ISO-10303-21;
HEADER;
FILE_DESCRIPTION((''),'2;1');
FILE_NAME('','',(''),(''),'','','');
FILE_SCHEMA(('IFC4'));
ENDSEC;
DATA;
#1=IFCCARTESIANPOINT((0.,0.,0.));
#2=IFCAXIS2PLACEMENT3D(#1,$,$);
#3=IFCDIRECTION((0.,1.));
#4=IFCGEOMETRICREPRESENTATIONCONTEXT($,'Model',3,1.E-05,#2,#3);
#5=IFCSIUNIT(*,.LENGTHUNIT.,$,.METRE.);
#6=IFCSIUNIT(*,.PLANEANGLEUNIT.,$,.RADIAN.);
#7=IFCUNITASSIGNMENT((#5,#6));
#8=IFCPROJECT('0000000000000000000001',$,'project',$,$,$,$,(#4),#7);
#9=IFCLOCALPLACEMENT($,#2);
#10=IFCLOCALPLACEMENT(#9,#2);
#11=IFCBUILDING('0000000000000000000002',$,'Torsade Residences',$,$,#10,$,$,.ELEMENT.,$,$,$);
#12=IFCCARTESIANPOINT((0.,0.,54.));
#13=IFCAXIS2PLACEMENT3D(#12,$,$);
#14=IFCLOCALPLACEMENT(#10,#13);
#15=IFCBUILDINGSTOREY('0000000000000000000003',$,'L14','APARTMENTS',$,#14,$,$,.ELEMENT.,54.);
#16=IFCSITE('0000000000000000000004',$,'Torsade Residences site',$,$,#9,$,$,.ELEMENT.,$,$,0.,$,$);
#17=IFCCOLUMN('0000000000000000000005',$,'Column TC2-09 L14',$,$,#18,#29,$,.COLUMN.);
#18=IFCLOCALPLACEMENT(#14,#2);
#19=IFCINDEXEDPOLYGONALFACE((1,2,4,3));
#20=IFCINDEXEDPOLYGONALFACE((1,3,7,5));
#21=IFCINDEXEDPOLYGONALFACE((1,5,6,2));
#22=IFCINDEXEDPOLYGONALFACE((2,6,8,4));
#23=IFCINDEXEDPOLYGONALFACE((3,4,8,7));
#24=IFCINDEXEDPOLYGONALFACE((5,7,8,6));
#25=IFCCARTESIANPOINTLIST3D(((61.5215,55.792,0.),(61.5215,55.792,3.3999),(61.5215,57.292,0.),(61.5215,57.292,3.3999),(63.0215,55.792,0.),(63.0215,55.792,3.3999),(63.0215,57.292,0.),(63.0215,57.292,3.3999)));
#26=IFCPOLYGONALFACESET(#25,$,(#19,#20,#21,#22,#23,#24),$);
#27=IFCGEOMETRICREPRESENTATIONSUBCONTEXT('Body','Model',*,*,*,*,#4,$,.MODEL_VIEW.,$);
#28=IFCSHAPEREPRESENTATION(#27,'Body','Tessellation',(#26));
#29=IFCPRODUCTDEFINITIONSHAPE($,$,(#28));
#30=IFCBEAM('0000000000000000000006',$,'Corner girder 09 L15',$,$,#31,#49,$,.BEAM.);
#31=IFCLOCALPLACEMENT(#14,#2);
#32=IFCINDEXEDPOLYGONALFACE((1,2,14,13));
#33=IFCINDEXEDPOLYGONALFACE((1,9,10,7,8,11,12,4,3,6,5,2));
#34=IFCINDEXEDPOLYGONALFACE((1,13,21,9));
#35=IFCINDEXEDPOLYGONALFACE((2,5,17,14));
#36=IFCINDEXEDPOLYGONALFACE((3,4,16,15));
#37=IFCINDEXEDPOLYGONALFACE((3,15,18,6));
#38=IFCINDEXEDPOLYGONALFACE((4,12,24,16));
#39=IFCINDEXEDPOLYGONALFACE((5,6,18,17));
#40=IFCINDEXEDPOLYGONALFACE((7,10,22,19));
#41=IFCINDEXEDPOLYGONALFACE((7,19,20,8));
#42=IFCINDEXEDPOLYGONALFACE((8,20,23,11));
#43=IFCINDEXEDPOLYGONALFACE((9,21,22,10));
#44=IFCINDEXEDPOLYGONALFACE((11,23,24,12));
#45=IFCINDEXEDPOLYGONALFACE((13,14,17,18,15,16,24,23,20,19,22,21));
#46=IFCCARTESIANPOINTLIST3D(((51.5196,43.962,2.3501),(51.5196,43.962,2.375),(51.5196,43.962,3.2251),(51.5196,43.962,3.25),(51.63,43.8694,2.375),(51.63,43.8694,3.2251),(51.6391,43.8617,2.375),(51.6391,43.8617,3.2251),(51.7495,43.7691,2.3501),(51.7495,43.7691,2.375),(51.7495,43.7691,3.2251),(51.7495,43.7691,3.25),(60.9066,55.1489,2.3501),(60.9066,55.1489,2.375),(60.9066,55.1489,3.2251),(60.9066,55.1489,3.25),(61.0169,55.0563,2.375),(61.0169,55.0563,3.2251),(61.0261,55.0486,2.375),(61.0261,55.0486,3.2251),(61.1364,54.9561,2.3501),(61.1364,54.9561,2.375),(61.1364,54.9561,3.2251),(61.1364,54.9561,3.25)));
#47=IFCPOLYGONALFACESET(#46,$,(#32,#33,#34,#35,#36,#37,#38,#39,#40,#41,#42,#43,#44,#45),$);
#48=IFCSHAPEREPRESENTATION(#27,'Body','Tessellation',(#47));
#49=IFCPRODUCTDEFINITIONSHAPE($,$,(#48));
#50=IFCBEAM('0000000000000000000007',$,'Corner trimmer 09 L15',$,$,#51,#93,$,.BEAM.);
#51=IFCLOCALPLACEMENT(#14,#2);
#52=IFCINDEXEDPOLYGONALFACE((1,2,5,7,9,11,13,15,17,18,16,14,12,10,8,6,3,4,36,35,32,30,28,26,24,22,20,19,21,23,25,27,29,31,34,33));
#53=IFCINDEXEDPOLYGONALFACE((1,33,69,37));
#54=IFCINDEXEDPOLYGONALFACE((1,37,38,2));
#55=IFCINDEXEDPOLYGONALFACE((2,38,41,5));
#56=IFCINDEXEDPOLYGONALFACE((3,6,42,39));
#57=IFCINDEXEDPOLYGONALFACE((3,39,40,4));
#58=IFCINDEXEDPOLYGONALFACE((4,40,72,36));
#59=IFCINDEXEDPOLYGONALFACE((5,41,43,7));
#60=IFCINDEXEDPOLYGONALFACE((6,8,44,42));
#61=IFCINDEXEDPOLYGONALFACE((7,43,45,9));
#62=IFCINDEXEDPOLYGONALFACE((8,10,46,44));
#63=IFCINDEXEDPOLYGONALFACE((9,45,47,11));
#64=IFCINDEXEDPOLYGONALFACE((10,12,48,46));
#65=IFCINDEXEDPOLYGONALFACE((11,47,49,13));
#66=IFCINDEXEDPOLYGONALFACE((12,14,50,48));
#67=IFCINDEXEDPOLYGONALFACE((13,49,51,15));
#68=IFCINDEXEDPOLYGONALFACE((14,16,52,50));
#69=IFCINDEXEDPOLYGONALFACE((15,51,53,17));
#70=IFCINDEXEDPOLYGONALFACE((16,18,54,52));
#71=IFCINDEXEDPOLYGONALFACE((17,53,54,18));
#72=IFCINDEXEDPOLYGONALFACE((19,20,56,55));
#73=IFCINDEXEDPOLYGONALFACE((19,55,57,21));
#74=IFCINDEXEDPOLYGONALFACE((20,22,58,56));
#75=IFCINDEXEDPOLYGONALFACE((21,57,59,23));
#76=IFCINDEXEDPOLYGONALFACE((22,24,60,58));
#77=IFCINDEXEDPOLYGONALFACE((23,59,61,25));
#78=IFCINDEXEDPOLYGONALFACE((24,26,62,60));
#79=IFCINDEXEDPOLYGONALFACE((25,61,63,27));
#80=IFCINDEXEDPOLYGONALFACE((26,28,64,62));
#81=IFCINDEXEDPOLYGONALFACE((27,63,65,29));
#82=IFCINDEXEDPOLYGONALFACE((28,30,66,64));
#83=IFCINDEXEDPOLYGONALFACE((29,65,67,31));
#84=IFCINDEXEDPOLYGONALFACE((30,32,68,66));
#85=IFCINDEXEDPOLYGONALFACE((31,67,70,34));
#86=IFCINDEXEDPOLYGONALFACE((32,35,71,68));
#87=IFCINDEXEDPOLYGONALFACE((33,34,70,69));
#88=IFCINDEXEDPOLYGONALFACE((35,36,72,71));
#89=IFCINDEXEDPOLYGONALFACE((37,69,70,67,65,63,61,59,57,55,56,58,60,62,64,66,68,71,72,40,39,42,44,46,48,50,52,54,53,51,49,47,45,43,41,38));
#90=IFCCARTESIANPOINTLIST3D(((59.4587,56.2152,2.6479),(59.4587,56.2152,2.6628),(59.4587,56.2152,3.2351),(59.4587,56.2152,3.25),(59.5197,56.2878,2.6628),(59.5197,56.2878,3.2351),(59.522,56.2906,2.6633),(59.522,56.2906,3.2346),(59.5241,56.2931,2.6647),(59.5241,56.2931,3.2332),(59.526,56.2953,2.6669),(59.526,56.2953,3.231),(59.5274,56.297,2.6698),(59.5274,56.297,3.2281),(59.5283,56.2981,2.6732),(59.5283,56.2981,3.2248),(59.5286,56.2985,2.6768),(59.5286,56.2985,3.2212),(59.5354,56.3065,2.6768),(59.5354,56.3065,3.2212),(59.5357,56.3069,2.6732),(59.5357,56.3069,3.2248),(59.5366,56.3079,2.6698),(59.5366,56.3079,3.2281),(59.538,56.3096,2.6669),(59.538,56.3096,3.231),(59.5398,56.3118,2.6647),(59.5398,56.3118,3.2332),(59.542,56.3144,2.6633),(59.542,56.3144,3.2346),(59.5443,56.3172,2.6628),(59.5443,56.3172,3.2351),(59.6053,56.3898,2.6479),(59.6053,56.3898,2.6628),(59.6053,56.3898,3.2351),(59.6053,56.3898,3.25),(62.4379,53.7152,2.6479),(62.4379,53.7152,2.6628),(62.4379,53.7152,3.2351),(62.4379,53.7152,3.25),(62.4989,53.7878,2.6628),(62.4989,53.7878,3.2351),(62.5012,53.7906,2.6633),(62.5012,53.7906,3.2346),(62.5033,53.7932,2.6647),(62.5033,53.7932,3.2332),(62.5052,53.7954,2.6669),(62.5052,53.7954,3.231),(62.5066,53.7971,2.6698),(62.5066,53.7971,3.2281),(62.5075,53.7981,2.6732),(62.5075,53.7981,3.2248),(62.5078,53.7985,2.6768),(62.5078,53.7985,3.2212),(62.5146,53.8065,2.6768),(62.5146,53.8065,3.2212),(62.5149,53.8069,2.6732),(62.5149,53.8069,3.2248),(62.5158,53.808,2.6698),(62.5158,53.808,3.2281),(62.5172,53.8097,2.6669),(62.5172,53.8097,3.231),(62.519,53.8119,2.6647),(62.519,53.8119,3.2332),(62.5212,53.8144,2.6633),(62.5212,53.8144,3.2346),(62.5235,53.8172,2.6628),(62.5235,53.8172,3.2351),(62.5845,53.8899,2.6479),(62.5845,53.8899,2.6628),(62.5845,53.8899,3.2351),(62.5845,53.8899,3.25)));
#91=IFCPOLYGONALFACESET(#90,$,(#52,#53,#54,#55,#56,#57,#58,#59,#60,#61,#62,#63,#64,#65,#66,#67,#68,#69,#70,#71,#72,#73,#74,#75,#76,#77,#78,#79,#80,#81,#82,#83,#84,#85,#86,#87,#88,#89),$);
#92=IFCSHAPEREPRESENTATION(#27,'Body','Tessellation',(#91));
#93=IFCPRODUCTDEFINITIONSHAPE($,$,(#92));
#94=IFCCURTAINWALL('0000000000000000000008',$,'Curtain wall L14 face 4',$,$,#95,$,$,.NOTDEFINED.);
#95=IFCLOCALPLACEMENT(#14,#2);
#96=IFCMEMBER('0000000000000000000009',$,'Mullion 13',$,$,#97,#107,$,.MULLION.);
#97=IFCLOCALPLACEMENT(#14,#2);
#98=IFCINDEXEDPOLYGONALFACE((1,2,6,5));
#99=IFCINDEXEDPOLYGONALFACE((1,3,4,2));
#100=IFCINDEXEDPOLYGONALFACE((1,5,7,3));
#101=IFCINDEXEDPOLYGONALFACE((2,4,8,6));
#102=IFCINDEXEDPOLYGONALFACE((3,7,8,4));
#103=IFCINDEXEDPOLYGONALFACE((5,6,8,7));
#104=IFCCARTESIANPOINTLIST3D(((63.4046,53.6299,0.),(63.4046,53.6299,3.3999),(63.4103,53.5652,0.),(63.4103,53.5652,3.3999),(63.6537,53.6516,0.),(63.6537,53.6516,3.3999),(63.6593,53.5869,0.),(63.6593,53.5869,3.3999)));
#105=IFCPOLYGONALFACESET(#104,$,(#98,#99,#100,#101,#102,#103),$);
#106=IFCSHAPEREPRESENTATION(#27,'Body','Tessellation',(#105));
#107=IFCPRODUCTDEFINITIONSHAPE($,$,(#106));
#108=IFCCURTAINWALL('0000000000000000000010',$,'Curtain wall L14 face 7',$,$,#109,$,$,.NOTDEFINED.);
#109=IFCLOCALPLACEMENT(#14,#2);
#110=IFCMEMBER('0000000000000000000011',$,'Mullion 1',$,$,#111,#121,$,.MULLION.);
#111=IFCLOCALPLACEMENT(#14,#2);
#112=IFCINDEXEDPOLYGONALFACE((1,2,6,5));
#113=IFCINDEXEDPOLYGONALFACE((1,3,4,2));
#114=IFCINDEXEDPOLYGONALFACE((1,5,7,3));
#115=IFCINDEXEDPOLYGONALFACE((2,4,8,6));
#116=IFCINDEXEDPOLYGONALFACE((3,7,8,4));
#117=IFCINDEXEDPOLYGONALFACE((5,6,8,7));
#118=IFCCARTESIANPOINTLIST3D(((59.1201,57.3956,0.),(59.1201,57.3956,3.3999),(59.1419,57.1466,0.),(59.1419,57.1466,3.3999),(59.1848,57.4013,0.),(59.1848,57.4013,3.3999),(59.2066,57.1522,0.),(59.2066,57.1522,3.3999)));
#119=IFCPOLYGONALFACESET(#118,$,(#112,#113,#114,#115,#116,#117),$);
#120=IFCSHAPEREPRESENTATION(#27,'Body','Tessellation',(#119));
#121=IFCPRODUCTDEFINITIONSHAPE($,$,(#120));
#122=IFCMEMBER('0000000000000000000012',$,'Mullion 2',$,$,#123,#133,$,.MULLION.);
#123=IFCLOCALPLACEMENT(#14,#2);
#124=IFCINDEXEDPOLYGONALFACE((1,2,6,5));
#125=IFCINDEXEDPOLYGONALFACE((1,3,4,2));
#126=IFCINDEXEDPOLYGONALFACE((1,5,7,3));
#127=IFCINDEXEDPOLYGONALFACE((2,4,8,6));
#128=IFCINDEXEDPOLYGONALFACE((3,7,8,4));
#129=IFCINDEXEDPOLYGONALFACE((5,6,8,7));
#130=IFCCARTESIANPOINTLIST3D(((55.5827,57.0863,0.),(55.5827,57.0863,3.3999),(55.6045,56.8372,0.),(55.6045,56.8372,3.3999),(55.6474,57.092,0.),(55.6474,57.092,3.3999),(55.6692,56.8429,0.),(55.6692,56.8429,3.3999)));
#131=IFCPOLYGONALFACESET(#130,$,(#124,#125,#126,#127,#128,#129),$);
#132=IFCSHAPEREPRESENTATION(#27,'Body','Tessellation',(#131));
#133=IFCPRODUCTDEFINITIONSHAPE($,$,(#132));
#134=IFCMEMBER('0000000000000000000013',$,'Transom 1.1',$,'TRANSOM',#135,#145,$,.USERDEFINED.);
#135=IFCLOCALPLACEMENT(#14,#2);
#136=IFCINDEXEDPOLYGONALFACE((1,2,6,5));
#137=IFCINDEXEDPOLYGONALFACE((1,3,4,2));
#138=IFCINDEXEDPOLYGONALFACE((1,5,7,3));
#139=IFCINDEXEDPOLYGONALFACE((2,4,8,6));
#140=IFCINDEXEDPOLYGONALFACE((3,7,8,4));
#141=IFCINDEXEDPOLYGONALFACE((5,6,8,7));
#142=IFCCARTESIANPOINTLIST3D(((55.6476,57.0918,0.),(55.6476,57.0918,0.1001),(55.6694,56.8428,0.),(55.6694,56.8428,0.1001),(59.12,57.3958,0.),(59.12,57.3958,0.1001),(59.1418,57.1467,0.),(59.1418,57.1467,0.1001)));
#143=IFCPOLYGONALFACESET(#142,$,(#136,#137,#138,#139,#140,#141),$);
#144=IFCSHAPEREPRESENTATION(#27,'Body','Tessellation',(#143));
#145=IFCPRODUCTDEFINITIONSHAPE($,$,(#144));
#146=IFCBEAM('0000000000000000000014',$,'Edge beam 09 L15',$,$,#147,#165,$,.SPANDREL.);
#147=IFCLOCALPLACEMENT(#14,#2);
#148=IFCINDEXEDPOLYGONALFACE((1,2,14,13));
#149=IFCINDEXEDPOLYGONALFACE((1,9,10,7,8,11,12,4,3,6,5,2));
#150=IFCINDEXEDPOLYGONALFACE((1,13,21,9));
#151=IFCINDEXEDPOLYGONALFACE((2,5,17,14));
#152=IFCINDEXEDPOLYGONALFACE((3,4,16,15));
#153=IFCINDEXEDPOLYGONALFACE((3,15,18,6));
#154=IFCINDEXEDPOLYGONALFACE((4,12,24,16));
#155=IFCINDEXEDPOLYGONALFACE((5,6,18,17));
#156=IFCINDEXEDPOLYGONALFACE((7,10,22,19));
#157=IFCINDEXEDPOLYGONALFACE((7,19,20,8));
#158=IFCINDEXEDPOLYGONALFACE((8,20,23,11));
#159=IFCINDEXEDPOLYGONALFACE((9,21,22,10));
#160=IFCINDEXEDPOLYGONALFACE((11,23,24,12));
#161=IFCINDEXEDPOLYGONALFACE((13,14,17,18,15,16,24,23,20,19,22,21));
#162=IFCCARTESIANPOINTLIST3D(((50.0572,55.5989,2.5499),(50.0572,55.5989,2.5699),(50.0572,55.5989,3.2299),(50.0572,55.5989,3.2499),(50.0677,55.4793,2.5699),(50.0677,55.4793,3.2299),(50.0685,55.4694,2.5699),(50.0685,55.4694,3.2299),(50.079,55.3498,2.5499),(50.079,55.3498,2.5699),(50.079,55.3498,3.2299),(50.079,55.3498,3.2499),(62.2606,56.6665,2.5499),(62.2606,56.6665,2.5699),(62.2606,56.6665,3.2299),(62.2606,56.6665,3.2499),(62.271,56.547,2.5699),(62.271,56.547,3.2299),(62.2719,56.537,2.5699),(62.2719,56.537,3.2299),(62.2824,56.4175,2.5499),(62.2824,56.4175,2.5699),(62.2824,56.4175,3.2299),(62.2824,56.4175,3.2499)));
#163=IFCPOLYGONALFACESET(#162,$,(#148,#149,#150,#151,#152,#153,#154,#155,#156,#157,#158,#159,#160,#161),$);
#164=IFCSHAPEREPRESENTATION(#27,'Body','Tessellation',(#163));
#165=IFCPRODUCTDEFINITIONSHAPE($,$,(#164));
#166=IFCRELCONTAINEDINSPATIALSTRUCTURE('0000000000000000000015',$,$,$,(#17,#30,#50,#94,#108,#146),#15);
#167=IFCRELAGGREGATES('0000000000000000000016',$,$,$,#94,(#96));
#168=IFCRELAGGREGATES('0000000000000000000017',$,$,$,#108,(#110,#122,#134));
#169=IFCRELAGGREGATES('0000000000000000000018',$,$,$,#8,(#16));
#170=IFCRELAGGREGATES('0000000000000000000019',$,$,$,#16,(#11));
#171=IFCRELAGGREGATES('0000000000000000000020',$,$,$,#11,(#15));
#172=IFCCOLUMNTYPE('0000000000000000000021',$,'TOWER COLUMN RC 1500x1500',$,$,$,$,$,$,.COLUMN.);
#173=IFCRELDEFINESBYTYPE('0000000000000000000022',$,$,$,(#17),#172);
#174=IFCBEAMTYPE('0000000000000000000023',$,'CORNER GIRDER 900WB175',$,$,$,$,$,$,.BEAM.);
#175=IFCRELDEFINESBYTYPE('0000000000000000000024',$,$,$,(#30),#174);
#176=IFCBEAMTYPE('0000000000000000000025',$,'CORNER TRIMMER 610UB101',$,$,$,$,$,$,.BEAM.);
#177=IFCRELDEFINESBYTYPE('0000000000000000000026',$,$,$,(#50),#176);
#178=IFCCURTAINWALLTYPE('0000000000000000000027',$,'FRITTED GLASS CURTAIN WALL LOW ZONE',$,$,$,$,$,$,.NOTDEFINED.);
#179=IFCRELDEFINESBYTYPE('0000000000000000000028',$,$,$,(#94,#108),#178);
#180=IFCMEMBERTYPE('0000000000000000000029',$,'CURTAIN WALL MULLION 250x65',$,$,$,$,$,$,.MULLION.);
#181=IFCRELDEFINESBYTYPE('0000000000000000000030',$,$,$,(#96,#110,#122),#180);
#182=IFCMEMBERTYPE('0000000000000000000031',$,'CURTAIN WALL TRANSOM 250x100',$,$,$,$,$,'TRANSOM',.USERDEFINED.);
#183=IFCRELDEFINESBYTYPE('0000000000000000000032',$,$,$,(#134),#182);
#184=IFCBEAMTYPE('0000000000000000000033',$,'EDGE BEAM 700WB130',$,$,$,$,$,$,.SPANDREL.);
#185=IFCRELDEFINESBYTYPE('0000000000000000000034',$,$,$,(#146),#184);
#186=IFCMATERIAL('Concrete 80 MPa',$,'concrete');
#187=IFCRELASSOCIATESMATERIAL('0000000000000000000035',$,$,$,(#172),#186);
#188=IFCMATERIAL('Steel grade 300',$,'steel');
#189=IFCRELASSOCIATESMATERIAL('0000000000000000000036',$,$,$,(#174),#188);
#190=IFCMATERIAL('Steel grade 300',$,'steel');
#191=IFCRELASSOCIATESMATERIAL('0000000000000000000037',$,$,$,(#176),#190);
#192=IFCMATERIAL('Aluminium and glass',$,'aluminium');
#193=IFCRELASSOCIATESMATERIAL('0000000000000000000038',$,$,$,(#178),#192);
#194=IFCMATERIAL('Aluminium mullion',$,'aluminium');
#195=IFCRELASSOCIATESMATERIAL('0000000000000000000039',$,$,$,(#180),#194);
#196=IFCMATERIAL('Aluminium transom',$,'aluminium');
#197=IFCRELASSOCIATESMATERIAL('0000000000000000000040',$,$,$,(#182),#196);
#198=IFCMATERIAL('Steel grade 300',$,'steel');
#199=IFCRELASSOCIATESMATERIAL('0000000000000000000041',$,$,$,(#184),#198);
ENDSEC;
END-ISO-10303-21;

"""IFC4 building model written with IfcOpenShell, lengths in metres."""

from ifc_helpers import new_model, si_unit, direction, frame, origin, origin_2d, place, context, subcontext, project, spatial, rectangle, i_section, extrude, material, material_profile, profile_set, type_object, element, aggregate, save


model = new_model("IFC4")

# Units and contexts
model_context = context("Model", 3, precision=1e-05, world=origin(), true_north=direction((0.0, 1.0)))
body_context = subcontext(model_context, "Body", "Model", "MODEL_VIEW")
ifc_project = project(units=[si_unit("LENGTHUNIT", "METRE"), si_unit("PLANEANGLEUNIT", "RADIAN")], contexts=[model_context])

# Site, building, storey
site_placement = place(None, origin())
site = spatial("IfcSite", under=ifc_project, at=site_placement, Name="Torsade Residences site", CompositionType="ELEMENT", RefElevation=0.0)
building_placement = place(site_placement, origin())
building = spatial("IfcBuilding", under=site, at=building_placement, Name="Torsade Residences", CompositionType="ELEMENT")
storey_placement = place(building_placement, frame((0.0, 0.0, 54.0)))
storey = spatial("IfcBuildingStorey", under=building, at=storey_placement, Name="L14", Description="APARTMENTS", CompositionType="ELEMENT", Elevation=54.0)

# Column
ifc_material_1 = material(Name="Concrete 80 MPa", Category="concrete")
ifc_material_profile_1 = material_profile(ifc_material_1, rectangle(XDim=1.5, YDim=1.5, at=origin_2d()), Name="RC 1500x1500")
ifc_profile_set_1 = profile_set([ifc_material_profile_1], Name="Concrete 80 MPa")
column_type = type_object("IfcColumnType", Name="TOWER COLUMN RC 1500x1500", PredefinedType="COLUMN", material=ifc_profile_set_1)
column_placement = place(storey_placement, frame((62.2715, 56.542, 0.0), z_axis=(0.0, 0.0, 1.0), x_axis=(1.0, 0.0, 0.0)))
element("IfcColumn", 1, at=column_placement, inside=storey, type_object=column_type, Name="Column TC2-09 L14", PredefinedType="COLUMN", context=body_context, shape_type="SweptSolid", body=[
    extrude(rectangle(XDim=1.5, YDim=1.5, at=origin_2d()), origin(), (0.0, 0.0, 1.0), 3.3999),
])

# Beams
ifc_material_2 = material(Name="Steel grade 300", Category="steel")
ifc_material_profile_2 = material_profile(ifc_material_2, i_section(OverallWidth=0.3, OverallDepth=0.8999, WebThickness=0.012, FlangeThickness=0.0249, at=origin_2d()), Name="900WB175")
ifc_profile_set_2 = profile_set([ifc_material_profile_2], Name="Steel grade 300")
beam_type_1 = type_object("IfcBeamType", Name="CORNER GIRDER 900WB175", PredefinedType="BEAM", material=ifc_profile_set_2)
beam_1_placement = place(storey_placement, frame((61.0215, 55.0525, 2.8), z_axis=(-0.642785, -0.766046, 0.0), x_axis=(0.766046, -0.642785, 0.0)))
element("IfcBeam", 2, at=beam_1_placement, inside=storey, type_object=beam_type_1, Name="Corner girder 09 L15", PredefinedType="BEAM", context=body_context, shape_type="SweptSolid", body=[
    extrude(i_section(OverallWidth=0.3, OverallDepth=0.8999, WebThickness=0.012, FlangeThickness=0.0249, at=origin_2d()), origin(), (0.0, 0.0, 1.0), 14.6035),
])
ifc_material_3 = material(Name="Steel grade 300", Category="steel")
ifc_material_profile_3 = material_profile(ifc_material_3, i_section(OverallWidth=0.228, OverallDepth=0.6021, WebThickness=0.0105, FlangeThickness=0.0149, FilletRadius=0.0139, at=origin_2d()), Name="610UB101")
ifc_profile_set_3 = profile_set([ifc_material_profile_3], Name="Steel grade 300")
beam_type_2 = type_object("IfcBeamType", Name="CORNER TRIMMER 610UB101", PredefinedType="BEAM", material=ifc_profile_set_3)
beam_2_placement = place(storey_placement, frame((59.532, 56.3025, 2.949), z_axis=(0.76603, -0.642805, 0.0), x_axis=(0.642805, 0.76603, 0.0)))
element("IfcBeam", 3, at=beam_2_placement, inside=storey, type_object=beam_type_2, Name="Corner trimmer 09 L15", PredefinedType="BEAM", context=body_context, shape_type="SweptSolid", body=[
    extrude(i_section(OverallWidth=0.228, OverallDepth=0.6021, WebThickness=0.0105, FlangeThickness=0.0149, FilletRadius=0.0139, at=origin_2d()), origin(), (0.0, 0.0, 1.0), 3.8892),
])

# Curtain wall, member
ifc_material_4 = material(Name="Aluminium and glass", Category="aluminium")
curtain_wall_type = type_object("IfcCurtainWallType", Name="FRITTED GLASS CURTAIN WALL LOW ZONE", PredefinedType="NOTDEFINED", material=ifc_material_4)
curtain_wall_1_placement = place(storey_placement, origin())
curtain_wall_1 = element("IfcCurtainWall", 4, at=curtain_wall_1_placement, inside=storey, type_object=curtain_wall_type, Name="Curtain wall L14 face 4", PredefinedType="NOTDEFINED")
ifc_material_5 = material(Name="Aluminium mullion", Category="aluminium")
ifc_material_profile_4 = material_profile(ifc_material_5, rectangle(XDim=0.25, YDim=0.0649, at=origin_2d()), Name="CURTAIN WALL MULLION 250x65")
ifc_profile_set_4 = profile_set([ifc_material_profile_4], Name="Aluminium mullion")
member_type_1 = type_object("IfcMemberType", Name="CURTAIN WALL MULLION 250x65", PredefinedType="MULLION", material=ifc_profile_set_4)
member_1_placement = place(storey_placement, frame((63.532, 53.6084, 0.0), z_axis=(0.0, 0.0, 1.0), x_axis=(-0.996195, -0.087156, 0.0)))
member_1 = element("IfcMember", 5, at=member_1_placement, type_object=member_type_1, Name="Mullion 13", PredefinedType="MULLION", context=body_context, shape_type="SweptSolid", body=[
    extrude(rectangle(XDim=0.25, YDim=0.0649, at=origin_2d()), origin(), (0.0, 0.0, 1.0), 3.3999),
])
aggregate(curtain_wall_1, [member_1])

# Curtain wall, members
curtain_wall_2_placement = place(storey_placement, origin())
curtain_wall_2 = element("IfcCurtainWall", 6, at=curtain_wall_2_placement, inside=storey, type_object=curtain_wall_type, Name="Curtain wall L14 face 7", PredefinedType="NOTDEFINED")
member_2_placement = place(storey_placement, frame((59.1633, 57.2739, 0.0), z_axis=(0.0, 0.0, 1.0), x_axis=(0.087156, -0.996195, 0.0)))
member_2 = element("IfcMember", 7, at=member_2_placement, type_object=member_type_1, Name="Mullion 1", PredefinedType="MULLION", context=body_context, shape_type="SweptSolid", body=[
    extrude(rectangle(XDim=0.25, YDim=0.0649, at=origin_2d()), origin(), (0.0, 0.0, 1.0), 3.3999),
])
member_3_placement = place(storey_placement, frame((55.626, 56.9646, 0.0), z_axis=(0.0, 0.0, 1.0), x_axis=(0.087156, -0.996195, 0.0)))
member_3 = element("IfcMember", 8, at=member_3_placement, type_object=member_type_1, Name="Mullion 2", PredefinedType="MULLION", context=body_context, shape_type="SweptSolid", body=[
    extrude(rectangle(XDim=0.25, YDim=0.0649, at=origin_2d()), origin(), (0.0, 0.0, 1.0), 3.3999),
])
ifc_material_6 = material(Name="Aluminium transom", Category="aluminium")
ifc_material_profile_5 = material_profile(ifc_material_6, rectangle(XDim=0.25, YDim=0.1001, at=origin_2d()), Name="CURTAIN WALL TRANSOM 250x100")
ifc_profile_set_5 = profile_set([ifc_material_profile_5], Name="Aluminium transom")
member_type_2 = type_object("IfcMemberType", Name="CURTAIN WALL TRANSOM 250x100", ElementType="TRANSOM", PredefinedType="USERDEFINED", material=ifc_profile_set_5)
member_4_placement = place(storey_placement, frame((59.1309, 57.2712, 0.05), z_axis=(-0.996191, -0.087201, 0.0), x_axis=(0.087201, -0.996191, 0.0)))
member_4 = element("IfcMember", 9, at=member_4_placement, type_object=member_type_2, Name="Transom 1.1", ObjectType="TRANSOM", PredefinedType="USERDEFINED", context=body_context, shape_type="SweptSolid", body=[
    extrude(rectangle(XDim=0.25, YDim=0.1001, at=origin_2d()), origin(), (0.0, 0.0, 1.0), 3.4856),
])

# Beam
ifc_material_7 = material(Name="Steel grade 300", Category="steel")
ifc_material_profile_6 = material_profile(ifc_material_7, i_section(OverallWidth=0.25, OverallDepth=0.7, WebThickness=0.01, FlangeThickness=0.02, at=origin_2d()), Name="700WB130")
ifc_profile_set_6 = profile_set([ifc_material_profile_6], Name="Steel grade 300")
beam_type_3 = type_object("IfcBeamType", Name="EDGE BEAM 700WB130", PredefinedType="SPANDREL", material=ifc_profile_set_6)
beam_3_placement = place(storey_placement, frame((62.2715, 56.542, 2.8999), z_axis=(-0.996195, -0.087153, 0.0), x_axis=(0.087153, -0.996195, 0.0)))
element("IfcBeam", 10, at=beam_3_placement, inside=storey, type_object=beam_type_3, Name="Edge beam 09 L15", PredefinedType="SPANDREL", context=body_context, shape_type="SweptSolid", body=[
    extrude(i_section(OverallWidth=0.25, OverallDepth=0.7, WebThickness=0.01, FlangeThickness=0.02, at=origin_2d()), origin(), (0.0, 0.0, 1.0), 12.25),
])

aggregate(curtain_wall_2, [member_2, member_3, member_4])

save(model, "model.ifc")
